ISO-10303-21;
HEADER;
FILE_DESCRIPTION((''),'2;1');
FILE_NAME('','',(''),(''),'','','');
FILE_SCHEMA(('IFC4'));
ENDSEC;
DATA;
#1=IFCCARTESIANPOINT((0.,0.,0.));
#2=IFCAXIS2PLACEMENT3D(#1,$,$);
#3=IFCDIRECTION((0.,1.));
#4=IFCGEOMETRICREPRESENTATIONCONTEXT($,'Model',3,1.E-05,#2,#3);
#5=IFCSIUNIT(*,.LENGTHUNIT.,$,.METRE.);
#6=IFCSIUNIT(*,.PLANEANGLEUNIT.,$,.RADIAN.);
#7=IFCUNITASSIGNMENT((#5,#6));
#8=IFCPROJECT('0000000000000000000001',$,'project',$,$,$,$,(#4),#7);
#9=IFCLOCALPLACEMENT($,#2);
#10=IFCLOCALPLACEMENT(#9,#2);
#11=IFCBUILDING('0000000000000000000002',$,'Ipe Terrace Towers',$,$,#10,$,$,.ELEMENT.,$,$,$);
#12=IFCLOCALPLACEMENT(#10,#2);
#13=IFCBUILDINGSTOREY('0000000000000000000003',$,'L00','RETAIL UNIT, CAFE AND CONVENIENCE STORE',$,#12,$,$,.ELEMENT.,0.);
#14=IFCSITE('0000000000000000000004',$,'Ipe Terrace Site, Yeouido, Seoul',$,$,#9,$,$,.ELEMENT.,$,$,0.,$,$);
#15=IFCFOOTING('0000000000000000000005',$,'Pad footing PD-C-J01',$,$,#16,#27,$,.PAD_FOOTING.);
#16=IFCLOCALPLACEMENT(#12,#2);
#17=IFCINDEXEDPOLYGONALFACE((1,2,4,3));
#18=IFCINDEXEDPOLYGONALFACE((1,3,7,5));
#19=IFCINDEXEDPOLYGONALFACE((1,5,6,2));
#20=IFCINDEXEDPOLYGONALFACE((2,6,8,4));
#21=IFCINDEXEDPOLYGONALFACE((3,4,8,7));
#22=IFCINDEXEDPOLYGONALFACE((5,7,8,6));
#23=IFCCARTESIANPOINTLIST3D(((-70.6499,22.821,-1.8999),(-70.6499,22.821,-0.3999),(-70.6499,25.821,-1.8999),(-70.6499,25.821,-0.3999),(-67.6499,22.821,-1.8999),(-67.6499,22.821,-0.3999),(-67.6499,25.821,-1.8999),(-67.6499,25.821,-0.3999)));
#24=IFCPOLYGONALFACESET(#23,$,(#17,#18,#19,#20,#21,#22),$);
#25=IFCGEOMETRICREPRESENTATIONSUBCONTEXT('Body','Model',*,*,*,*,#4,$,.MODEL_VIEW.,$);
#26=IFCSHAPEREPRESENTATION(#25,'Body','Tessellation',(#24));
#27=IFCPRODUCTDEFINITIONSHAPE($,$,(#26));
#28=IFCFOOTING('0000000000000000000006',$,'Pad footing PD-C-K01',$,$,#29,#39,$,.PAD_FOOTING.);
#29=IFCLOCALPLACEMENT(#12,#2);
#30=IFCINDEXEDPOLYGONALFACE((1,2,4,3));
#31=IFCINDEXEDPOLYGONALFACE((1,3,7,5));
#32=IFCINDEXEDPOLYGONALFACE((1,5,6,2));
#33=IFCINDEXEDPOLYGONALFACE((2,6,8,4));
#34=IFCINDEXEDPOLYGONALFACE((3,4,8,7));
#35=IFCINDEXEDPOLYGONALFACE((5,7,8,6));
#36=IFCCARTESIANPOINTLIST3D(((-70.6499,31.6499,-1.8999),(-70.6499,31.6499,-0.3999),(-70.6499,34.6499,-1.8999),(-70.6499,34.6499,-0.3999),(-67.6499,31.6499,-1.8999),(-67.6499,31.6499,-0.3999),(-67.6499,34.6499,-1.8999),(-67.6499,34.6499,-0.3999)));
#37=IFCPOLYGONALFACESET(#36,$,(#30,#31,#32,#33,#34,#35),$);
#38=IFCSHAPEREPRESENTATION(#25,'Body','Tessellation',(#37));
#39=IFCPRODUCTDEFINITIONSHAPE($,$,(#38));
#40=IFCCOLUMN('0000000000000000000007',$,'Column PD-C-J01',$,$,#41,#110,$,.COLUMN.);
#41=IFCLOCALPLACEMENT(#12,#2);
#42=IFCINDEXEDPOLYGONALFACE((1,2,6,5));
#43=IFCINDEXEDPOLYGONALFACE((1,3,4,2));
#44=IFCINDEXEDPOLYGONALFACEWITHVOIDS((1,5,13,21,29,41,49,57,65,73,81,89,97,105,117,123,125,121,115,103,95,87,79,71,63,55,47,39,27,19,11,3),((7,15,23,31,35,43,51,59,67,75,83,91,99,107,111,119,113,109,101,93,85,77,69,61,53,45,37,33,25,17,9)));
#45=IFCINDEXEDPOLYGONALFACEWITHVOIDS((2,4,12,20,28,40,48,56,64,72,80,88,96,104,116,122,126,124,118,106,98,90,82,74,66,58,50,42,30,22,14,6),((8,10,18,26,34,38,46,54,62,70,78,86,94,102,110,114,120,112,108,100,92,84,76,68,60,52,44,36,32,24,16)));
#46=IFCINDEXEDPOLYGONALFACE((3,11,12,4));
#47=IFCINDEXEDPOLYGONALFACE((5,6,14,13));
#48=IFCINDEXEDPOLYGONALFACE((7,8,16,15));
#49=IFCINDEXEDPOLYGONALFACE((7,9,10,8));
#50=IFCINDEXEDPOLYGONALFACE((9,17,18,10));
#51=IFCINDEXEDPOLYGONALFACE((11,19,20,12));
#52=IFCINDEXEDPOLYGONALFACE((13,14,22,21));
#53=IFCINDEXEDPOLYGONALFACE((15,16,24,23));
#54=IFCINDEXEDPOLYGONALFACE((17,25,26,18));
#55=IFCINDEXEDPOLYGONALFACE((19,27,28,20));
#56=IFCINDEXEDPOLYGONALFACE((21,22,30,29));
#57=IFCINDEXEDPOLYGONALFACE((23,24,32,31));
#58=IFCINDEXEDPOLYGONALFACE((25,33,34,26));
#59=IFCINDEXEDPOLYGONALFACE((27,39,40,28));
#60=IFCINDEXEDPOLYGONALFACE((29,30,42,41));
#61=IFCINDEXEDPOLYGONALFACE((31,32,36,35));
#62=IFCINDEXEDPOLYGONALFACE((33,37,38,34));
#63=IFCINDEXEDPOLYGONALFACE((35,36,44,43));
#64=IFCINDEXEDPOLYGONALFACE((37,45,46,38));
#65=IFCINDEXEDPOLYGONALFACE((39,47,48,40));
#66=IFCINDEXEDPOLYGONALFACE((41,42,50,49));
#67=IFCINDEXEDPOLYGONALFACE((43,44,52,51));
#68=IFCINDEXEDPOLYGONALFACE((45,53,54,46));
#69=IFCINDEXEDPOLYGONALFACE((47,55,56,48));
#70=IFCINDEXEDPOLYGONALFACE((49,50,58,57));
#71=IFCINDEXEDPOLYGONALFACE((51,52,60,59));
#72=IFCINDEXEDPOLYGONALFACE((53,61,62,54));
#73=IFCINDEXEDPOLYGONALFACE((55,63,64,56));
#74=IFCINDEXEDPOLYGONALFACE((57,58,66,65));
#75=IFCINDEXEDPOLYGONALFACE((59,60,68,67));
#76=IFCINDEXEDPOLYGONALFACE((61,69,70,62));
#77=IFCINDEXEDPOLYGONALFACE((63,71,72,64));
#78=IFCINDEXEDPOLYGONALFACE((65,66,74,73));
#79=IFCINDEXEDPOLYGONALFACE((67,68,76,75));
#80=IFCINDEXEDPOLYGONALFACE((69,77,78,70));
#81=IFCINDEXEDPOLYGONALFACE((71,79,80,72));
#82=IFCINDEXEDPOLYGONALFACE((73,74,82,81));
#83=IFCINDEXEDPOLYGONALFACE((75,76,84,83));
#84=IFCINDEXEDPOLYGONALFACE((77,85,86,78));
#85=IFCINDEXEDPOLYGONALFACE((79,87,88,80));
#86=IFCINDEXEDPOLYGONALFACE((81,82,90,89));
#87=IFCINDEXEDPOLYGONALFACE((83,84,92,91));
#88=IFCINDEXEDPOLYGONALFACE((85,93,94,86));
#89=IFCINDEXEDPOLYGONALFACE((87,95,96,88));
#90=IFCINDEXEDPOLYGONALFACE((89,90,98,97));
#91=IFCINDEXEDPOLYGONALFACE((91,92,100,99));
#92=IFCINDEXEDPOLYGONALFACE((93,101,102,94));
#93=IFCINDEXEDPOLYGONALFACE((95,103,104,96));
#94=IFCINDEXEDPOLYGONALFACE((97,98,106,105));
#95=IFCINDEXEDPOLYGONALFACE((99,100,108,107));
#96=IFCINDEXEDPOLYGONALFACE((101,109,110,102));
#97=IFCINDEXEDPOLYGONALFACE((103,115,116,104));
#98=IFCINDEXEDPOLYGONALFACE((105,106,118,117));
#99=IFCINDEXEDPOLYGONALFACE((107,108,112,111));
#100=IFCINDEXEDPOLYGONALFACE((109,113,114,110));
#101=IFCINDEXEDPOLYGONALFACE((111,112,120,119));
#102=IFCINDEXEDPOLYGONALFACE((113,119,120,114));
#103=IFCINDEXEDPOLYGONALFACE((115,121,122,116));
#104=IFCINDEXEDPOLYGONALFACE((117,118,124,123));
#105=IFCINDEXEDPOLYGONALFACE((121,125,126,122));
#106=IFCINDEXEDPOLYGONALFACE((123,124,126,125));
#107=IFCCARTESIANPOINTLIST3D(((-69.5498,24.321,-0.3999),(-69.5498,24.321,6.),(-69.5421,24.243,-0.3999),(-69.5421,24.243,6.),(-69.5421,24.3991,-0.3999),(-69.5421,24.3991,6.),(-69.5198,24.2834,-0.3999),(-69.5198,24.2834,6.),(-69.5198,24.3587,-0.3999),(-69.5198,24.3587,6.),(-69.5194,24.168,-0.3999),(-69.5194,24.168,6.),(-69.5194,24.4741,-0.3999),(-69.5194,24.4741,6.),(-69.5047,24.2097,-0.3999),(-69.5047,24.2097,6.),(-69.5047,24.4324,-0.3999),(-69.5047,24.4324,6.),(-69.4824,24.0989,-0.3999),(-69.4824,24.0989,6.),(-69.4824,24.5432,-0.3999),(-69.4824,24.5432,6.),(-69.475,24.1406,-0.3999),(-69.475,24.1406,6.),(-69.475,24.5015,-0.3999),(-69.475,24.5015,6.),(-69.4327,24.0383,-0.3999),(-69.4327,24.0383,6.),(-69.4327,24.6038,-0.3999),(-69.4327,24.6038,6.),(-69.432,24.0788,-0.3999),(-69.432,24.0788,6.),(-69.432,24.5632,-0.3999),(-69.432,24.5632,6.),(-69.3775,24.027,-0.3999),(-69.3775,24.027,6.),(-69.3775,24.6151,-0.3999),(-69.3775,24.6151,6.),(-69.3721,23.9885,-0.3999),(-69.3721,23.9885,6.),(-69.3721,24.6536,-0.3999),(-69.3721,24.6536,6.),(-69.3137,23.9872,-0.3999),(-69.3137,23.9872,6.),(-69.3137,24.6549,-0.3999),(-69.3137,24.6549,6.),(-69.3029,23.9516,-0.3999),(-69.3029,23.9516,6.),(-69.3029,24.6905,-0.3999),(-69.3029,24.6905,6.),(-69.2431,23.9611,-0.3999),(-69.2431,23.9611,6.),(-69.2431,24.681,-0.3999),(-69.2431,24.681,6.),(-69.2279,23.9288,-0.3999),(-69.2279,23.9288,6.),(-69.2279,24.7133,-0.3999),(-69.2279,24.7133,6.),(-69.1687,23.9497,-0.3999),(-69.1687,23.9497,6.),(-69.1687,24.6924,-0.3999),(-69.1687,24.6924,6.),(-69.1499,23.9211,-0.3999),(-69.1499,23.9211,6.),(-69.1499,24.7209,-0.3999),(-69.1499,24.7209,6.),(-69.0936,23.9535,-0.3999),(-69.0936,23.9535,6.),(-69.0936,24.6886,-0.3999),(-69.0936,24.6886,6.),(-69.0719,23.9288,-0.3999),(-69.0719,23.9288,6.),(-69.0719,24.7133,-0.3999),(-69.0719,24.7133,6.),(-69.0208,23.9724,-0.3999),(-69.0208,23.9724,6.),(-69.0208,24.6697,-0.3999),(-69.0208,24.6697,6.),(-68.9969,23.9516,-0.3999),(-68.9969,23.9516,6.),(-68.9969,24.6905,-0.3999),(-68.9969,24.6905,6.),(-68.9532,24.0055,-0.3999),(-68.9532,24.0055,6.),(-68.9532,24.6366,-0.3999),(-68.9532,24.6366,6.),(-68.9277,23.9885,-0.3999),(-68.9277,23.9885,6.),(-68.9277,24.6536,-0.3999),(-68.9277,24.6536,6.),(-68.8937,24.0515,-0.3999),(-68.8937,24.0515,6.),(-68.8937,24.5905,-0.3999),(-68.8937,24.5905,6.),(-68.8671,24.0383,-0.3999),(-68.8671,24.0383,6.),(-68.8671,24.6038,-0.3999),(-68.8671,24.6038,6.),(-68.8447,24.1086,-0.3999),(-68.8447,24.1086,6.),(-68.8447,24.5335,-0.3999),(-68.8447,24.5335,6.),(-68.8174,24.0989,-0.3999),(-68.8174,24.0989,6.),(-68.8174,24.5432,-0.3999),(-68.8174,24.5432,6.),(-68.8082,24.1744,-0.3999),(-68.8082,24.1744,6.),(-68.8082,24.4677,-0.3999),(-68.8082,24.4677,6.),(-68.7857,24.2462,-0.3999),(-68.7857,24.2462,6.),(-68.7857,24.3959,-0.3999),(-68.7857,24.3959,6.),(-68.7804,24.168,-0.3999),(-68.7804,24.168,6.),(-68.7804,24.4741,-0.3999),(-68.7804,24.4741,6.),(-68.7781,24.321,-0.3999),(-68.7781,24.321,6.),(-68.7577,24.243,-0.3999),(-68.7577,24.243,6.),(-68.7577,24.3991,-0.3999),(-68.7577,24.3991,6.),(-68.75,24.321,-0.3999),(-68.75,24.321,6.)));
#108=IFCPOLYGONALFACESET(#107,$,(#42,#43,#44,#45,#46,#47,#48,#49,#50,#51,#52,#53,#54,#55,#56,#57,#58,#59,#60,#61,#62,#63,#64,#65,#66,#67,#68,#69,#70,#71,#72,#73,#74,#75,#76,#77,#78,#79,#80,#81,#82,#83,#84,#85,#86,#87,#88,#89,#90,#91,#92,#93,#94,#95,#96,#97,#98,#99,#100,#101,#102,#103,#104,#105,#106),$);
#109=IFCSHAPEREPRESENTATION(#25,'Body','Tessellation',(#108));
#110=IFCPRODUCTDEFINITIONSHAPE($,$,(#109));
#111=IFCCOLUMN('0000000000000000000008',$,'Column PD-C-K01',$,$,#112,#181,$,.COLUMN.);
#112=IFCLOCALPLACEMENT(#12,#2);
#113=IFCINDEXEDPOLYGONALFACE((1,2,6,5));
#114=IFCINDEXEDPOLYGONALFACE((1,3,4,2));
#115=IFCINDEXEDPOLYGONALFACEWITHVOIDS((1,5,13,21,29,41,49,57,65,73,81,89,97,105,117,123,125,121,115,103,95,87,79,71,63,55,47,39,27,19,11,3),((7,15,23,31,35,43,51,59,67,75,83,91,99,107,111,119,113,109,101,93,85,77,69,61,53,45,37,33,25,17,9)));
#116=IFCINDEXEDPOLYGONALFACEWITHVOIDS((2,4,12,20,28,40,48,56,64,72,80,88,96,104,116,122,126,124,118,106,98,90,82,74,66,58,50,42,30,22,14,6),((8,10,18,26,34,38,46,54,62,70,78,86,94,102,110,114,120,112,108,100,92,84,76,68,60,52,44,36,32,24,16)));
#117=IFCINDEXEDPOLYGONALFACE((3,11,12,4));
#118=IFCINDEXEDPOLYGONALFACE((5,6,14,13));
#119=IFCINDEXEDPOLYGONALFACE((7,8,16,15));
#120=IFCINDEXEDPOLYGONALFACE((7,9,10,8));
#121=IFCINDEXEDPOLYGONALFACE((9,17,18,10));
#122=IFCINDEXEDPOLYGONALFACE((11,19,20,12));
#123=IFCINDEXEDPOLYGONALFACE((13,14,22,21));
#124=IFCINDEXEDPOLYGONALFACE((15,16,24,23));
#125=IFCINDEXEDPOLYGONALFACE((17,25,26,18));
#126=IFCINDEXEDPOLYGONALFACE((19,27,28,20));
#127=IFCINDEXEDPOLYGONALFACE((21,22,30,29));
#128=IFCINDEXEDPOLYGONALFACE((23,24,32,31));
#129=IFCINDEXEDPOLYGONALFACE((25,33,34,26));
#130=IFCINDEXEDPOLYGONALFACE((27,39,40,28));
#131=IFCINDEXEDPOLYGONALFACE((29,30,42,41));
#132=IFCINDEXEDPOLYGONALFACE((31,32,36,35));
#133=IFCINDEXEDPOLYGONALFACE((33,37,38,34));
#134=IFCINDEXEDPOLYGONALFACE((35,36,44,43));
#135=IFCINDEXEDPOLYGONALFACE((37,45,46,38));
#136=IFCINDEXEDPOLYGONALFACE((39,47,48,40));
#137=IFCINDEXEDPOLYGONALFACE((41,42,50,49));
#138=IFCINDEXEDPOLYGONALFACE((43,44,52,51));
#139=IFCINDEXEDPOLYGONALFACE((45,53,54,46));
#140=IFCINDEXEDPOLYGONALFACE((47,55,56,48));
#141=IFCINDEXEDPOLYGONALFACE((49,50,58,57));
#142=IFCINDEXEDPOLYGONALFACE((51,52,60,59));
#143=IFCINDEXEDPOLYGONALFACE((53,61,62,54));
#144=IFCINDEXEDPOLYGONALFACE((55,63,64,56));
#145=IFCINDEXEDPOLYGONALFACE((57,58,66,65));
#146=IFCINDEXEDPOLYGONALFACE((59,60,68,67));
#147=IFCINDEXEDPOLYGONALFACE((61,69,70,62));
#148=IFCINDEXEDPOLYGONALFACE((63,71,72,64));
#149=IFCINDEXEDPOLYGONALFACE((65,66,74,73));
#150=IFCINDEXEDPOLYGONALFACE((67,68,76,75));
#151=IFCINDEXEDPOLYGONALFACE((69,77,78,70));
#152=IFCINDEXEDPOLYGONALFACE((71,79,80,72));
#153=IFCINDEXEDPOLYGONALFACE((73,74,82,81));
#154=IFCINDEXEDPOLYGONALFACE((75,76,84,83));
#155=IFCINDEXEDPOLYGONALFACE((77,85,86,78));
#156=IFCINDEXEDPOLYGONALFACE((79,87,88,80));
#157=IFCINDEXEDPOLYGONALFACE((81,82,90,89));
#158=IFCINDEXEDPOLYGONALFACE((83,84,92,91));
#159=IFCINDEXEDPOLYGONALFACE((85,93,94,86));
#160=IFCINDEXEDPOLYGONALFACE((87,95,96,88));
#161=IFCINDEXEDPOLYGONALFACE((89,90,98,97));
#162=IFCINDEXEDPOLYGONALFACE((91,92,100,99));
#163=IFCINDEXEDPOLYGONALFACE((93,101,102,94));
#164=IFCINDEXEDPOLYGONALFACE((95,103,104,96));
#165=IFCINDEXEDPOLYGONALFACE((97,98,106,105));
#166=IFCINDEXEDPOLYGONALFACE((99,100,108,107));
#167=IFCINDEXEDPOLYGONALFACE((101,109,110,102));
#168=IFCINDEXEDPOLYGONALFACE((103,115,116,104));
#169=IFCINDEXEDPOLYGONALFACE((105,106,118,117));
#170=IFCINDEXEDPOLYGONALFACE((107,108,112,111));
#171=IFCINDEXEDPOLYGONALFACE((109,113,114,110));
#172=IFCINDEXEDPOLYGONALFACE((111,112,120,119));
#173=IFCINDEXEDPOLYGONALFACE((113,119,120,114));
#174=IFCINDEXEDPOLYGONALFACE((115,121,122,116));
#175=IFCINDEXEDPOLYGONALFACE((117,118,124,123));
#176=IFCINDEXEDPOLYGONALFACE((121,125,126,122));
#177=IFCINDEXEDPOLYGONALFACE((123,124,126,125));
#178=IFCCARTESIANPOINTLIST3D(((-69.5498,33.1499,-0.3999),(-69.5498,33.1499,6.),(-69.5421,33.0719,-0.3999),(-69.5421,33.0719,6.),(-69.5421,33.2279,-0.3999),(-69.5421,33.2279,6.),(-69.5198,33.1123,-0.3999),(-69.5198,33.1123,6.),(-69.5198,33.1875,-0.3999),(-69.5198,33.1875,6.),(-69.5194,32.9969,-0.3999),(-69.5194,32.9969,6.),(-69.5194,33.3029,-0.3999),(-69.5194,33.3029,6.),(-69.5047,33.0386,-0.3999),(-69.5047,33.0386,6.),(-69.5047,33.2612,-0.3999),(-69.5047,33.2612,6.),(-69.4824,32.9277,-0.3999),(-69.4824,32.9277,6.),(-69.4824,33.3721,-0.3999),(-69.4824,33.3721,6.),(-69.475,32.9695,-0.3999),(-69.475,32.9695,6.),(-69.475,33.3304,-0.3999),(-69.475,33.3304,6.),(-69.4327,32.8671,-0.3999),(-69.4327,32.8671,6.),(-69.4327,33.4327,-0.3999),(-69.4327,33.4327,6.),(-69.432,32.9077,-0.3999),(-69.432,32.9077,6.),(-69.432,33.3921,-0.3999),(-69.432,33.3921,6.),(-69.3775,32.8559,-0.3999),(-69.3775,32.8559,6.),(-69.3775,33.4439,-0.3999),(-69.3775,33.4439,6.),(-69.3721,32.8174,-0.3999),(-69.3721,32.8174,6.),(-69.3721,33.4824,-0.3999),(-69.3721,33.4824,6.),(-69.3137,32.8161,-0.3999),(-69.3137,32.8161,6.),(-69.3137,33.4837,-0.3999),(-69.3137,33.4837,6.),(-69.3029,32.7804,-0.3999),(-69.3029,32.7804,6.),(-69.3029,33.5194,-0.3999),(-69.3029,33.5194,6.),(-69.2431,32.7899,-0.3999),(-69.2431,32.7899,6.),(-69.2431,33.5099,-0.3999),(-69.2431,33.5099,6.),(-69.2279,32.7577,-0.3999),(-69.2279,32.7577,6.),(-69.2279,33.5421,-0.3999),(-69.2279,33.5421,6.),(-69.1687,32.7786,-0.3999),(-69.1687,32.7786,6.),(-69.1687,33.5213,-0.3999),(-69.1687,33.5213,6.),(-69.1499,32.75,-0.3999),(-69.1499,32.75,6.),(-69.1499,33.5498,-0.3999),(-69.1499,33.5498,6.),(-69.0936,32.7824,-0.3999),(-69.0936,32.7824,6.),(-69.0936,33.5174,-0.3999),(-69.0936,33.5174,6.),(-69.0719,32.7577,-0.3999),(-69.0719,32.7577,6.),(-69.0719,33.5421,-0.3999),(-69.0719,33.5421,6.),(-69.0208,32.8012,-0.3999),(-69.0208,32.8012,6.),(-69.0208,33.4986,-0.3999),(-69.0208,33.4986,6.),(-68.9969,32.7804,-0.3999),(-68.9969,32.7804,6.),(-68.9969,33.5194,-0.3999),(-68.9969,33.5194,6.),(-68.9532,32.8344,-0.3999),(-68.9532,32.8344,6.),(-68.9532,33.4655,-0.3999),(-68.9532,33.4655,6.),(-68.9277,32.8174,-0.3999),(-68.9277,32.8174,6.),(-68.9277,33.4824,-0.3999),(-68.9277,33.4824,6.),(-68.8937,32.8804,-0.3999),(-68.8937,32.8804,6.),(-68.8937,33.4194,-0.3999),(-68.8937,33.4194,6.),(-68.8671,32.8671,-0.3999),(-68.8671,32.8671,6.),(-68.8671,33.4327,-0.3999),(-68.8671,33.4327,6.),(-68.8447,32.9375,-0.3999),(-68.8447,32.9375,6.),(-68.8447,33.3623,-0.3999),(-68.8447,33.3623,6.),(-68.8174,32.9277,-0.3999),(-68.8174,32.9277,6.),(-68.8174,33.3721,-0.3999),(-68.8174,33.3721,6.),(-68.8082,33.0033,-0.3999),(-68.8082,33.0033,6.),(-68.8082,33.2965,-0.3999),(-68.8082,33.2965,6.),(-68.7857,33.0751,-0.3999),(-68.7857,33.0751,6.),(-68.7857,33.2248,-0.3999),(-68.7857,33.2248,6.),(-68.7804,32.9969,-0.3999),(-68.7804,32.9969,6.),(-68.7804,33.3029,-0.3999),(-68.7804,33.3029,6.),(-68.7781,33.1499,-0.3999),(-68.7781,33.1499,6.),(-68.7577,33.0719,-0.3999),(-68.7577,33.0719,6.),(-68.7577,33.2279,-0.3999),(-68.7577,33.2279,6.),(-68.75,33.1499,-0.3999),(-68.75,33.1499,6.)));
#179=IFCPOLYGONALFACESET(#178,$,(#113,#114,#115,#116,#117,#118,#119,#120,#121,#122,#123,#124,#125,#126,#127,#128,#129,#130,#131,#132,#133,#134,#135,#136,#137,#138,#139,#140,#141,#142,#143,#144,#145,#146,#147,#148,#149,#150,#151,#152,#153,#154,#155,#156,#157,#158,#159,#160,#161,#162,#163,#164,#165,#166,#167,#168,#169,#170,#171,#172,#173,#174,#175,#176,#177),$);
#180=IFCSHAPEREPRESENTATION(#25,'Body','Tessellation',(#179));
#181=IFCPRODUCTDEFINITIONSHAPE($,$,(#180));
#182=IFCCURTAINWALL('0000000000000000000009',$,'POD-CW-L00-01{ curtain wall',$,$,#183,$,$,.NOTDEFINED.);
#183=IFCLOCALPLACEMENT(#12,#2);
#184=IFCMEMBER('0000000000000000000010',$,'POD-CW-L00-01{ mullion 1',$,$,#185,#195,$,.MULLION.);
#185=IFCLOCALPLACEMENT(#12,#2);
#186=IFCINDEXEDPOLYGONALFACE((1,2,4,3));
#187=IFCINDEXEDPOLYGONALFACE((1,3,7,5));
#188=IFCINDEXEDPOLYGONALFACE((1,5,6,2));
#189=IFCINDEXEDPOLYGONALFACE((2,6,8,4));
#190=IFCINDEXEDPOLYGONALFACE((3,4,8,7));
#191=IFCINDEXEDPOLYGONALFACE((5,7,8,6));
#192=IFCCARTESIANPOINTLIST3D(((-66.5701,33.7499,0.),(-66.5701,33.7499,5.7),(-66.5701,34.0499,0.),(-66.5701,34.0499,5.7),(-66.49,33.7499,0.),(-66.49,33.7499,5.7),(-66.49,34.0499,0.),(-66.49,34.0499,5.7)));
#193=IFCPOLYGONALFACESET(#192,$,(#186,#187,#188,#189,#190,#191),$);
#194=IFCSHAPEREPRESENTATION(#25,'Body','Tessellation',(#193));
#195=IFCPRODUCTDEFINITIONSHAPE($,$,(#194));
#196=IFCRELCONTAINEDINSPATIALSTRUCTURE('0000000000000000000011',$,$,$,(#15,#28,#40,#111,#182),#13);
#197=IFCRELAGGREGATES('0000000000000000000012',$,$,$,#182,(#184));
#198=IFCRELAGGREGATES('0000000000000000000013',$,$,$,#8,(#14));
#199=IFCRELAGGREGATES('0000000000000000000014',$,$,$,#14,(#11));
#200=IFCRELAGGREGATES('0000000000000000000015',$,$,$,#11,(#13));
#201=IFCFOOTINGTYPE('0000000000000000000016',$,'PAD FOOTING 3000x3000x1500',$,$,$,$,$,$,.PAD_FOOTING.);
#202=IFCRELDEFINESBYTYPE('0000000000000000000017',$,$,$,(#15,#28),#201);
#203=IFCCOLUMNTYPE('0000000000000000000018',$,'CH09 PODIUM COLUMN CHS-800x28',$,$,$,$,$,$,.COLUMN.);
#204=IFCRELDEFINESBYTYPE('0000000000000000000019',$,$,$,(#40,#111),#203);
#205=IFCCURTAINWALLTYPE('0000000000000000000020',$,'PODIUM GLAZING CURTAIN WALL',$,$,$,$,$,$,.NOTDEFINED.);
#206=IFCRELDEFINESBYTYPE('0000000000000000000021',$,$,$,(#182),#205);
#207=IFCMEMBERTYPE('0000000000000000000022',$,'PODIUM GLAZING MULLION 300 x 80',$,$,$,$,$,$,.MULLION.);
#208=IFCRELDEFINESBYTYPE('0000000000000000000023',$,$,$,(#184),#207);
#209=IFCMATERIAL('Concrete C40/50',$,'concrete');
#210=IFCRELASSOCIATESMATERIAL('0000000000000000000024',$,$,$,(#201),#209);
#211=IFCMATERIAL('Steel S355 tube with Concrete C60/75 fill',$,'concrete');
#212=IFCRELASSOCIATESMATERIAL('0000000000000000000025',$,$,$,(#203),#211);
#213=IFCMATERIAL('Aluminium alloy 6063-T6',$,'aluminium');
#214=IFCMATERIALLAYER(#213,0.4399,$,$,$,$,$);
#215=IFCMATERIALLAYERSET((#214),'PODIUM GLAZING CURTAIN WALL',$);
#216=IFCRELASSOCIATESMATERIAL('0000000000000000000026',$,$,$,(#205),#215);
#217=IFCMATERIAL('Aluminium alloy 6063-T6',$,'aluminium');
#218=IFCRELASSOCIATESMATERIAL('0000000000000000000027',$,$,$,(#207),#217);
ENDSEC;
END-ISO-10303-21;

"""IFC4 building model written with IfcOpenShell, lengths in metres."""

from ifc_helpers import new_model, si_unit, direction, frame, origin, origin_2d, place, context, subcontext, project, spatial, rectangle, hollow_circle, extrude, material, layer, layer_set, material_profile, profile_set, type_object, element, aggregate, save


model = new_model("IFC4")

# Units and contexts
model_context = context("Model", 3, precision=1e-05, world=origin(), true_north=direction((0.0, 1.0)))
body_context = subcontext(model_context, "Body", "Model", "MODEL_VIEW")
ifc_project = project(units=[si_unit("LENGTHUNIT", "METRE"), si_unit("PLANEANGLEUNIT", "RADIAN")], contexts=[model_context])

# Site, building, storey
site_placement = place(None, origin())
site = spatial("IfcSite", under=ifc_project, at=site_placement, Name="Ipe Terrace Site, Yeouido, Seoul", CompositionType="ELEMENT", RefElevation=0.0)
building_placement = place(site_placement, origin())
building = spatial("IfcBuilding", under=site, at=building_placement, Name="Ipe Terrace Towers", CompositionType="ELEMENT")
storey_placement = place(building_placement, origin())
storey = spatial("IfcBuildingStorey", under=building, at=storey_placement, Name="L00", Description="RETAIL UNIT, CAFE AND CONVENIENCE STORE", CompositionType="ELEMENT", Elevation=0.0)

# Footings
ifc_material_1 = material(Name="Concrete C40/50", Category="concrete")
footing_type = type_object("IfcFootingType", Name="PAD FOOTING 3000x3000x1500", PredefinedType="PAD_FOOTING", material=ifc_material_1)
for number, where, z_axis, x_axis, name in (
    (1, (-69.1499, 24.321, -1.8999), (0.0, 0.0, 1.0), (1.0, 0.0, 0.0), "Pad footing PD-C-J01"),
    (2, (-69.1499, 33.1499, -1.8999), (0.0, 0.0, 1.0), (1.0, 0.0, 0.0), "Pad footing PD-C-K01"),
):
    element("IfcFooting", number, at=place(storey_placement, frame(where, z_axis=z_axis, x_axis=x_axis)), inside=storey, type_object=footing_type, Name=name, PredefinedType="PAD_FOOTING", context=body_context, shape_type="SweptSolid", body=[
        extrude(rectangle(XDim=3.0, YDim=3.0, at=origin_2d()), origin(), (0.0, 0.0, 1.0), 1.5),
    ])

# Columns
ifc_material_2 = material(Name="Steel S355 tube with Concrete C60/75 fill", Category="concrete")
ifc_material_profile_1 = material_profile(ifc_material_2, hollow_circle(Radius=0.3999, WallThickness=0.0281, at=origin_2d()), Name="CHS-800x28")
ifc_profile_set_1 = profile_set([ifc_material_profile_1], Name="Steel S355 tube with Concrete C60/75 fill")
column_type = type_object("IfcColumnType", Name="CH09 PODIUM COLUMN CHS-800x28", PredefinedType="COLUMN", material=ifc_profile_set_1)
for number, where, z_axis, x_axis, name in (
    (3, (-69.1499, 24.321, -0.3999), (0.0, 0.0, 1.0), (1.0, 0.0, 0.0), "Column PD-C-J01"),
    (4, (-69.1499, 33.1499, -0.3999), (0.0, 0.0, 1.0), (1.0, 0.0, 0.0), "Column PD-C-K01"),
):
    element("IfcColumn", number, at=place(storey_placement, frame(where, z_axis=z_axis, x_axis=x_axis)), inside=storey, type_object=column_type, Name=name, PredefinedType="COLUMN", context=body_context, shape_type="SweptSolid", body=[
        extrude(hollow_circle(Radius=0.3999, WallThickness=0.0281, at=origin_2d()), origin(), (0.0, 0.0, 1.0), 6.3999),
    ])

# Curtain wall, member
ifc_material_3 = material(Name="Aluminium alloy 6063-T6", Category="aluminium")
ifc_layer_1 = layer(ifc_material_3, 0.4399)
ifc_layer_set_1 = layer_set([ifc_layer_1], Name="PODIUM GLAZING CURTAIN WALL")
curtain_wall_type = type_object("IfcCurtainWallType", Name="PODIUM GLAZING CURTAIN WALL", PredefinedType="NOTDEFINED", material=ifc_layer_set_1)
curtain_wall_1_placement = place(storey_placement, origin())
curtain_wall_1 = element("IfcCurtainWall", 5, at=curtain_wall_1_placement, inside=storey, type_object=curtain_wall_type, Name="POD-CW-L00-01{ curtain wall", PredefinedType="NOTDEFINED")
ifc_material_4 = material(Name="Aluminium alloy 6063-T6", Category="aluminium")
ifc_material_profile_2 = material_profile(ifc_material_4, rectangle(XDim=0.3, YDim=0.0801, at=origin_2d()), Name="PODIUM GLAZING MULLION 300 x 80")
ifc_profile_set_2 = profile_set([ifc_material_profile_2], Name="Aluminium alloy 6063-T6")
member_type_1 = type_object("IfcMemberType", Name="PODIUM GLAZING MULLION 300 x 80", PredefinedType="MULLION", material=ifc_profile_set_2)
member_1_placement = place(storey_placement, frame((-66.53, 33.8999, 0.0), z_axis=(0.0, 0.0, 1.0), x_axis=(0.0, 1.0, 0.0)))
member_1 = element("IfcMember", 6, at=member_1_placement, type_object=member_type_1, Name="POD-CW-L00-01{ mullion 1", PredefinedType="MULLION", context=body_context, shape_type="SweptSolid", body=[
    extrude(rectangle(XDim=0.3, YDim=0.0801, at=origin_2d()), origin(), (0.0, 0.0, 1.0), 5.7),
])

aggregate(curtain_wall_1, [member_1])

save(model, "model.ifc")
